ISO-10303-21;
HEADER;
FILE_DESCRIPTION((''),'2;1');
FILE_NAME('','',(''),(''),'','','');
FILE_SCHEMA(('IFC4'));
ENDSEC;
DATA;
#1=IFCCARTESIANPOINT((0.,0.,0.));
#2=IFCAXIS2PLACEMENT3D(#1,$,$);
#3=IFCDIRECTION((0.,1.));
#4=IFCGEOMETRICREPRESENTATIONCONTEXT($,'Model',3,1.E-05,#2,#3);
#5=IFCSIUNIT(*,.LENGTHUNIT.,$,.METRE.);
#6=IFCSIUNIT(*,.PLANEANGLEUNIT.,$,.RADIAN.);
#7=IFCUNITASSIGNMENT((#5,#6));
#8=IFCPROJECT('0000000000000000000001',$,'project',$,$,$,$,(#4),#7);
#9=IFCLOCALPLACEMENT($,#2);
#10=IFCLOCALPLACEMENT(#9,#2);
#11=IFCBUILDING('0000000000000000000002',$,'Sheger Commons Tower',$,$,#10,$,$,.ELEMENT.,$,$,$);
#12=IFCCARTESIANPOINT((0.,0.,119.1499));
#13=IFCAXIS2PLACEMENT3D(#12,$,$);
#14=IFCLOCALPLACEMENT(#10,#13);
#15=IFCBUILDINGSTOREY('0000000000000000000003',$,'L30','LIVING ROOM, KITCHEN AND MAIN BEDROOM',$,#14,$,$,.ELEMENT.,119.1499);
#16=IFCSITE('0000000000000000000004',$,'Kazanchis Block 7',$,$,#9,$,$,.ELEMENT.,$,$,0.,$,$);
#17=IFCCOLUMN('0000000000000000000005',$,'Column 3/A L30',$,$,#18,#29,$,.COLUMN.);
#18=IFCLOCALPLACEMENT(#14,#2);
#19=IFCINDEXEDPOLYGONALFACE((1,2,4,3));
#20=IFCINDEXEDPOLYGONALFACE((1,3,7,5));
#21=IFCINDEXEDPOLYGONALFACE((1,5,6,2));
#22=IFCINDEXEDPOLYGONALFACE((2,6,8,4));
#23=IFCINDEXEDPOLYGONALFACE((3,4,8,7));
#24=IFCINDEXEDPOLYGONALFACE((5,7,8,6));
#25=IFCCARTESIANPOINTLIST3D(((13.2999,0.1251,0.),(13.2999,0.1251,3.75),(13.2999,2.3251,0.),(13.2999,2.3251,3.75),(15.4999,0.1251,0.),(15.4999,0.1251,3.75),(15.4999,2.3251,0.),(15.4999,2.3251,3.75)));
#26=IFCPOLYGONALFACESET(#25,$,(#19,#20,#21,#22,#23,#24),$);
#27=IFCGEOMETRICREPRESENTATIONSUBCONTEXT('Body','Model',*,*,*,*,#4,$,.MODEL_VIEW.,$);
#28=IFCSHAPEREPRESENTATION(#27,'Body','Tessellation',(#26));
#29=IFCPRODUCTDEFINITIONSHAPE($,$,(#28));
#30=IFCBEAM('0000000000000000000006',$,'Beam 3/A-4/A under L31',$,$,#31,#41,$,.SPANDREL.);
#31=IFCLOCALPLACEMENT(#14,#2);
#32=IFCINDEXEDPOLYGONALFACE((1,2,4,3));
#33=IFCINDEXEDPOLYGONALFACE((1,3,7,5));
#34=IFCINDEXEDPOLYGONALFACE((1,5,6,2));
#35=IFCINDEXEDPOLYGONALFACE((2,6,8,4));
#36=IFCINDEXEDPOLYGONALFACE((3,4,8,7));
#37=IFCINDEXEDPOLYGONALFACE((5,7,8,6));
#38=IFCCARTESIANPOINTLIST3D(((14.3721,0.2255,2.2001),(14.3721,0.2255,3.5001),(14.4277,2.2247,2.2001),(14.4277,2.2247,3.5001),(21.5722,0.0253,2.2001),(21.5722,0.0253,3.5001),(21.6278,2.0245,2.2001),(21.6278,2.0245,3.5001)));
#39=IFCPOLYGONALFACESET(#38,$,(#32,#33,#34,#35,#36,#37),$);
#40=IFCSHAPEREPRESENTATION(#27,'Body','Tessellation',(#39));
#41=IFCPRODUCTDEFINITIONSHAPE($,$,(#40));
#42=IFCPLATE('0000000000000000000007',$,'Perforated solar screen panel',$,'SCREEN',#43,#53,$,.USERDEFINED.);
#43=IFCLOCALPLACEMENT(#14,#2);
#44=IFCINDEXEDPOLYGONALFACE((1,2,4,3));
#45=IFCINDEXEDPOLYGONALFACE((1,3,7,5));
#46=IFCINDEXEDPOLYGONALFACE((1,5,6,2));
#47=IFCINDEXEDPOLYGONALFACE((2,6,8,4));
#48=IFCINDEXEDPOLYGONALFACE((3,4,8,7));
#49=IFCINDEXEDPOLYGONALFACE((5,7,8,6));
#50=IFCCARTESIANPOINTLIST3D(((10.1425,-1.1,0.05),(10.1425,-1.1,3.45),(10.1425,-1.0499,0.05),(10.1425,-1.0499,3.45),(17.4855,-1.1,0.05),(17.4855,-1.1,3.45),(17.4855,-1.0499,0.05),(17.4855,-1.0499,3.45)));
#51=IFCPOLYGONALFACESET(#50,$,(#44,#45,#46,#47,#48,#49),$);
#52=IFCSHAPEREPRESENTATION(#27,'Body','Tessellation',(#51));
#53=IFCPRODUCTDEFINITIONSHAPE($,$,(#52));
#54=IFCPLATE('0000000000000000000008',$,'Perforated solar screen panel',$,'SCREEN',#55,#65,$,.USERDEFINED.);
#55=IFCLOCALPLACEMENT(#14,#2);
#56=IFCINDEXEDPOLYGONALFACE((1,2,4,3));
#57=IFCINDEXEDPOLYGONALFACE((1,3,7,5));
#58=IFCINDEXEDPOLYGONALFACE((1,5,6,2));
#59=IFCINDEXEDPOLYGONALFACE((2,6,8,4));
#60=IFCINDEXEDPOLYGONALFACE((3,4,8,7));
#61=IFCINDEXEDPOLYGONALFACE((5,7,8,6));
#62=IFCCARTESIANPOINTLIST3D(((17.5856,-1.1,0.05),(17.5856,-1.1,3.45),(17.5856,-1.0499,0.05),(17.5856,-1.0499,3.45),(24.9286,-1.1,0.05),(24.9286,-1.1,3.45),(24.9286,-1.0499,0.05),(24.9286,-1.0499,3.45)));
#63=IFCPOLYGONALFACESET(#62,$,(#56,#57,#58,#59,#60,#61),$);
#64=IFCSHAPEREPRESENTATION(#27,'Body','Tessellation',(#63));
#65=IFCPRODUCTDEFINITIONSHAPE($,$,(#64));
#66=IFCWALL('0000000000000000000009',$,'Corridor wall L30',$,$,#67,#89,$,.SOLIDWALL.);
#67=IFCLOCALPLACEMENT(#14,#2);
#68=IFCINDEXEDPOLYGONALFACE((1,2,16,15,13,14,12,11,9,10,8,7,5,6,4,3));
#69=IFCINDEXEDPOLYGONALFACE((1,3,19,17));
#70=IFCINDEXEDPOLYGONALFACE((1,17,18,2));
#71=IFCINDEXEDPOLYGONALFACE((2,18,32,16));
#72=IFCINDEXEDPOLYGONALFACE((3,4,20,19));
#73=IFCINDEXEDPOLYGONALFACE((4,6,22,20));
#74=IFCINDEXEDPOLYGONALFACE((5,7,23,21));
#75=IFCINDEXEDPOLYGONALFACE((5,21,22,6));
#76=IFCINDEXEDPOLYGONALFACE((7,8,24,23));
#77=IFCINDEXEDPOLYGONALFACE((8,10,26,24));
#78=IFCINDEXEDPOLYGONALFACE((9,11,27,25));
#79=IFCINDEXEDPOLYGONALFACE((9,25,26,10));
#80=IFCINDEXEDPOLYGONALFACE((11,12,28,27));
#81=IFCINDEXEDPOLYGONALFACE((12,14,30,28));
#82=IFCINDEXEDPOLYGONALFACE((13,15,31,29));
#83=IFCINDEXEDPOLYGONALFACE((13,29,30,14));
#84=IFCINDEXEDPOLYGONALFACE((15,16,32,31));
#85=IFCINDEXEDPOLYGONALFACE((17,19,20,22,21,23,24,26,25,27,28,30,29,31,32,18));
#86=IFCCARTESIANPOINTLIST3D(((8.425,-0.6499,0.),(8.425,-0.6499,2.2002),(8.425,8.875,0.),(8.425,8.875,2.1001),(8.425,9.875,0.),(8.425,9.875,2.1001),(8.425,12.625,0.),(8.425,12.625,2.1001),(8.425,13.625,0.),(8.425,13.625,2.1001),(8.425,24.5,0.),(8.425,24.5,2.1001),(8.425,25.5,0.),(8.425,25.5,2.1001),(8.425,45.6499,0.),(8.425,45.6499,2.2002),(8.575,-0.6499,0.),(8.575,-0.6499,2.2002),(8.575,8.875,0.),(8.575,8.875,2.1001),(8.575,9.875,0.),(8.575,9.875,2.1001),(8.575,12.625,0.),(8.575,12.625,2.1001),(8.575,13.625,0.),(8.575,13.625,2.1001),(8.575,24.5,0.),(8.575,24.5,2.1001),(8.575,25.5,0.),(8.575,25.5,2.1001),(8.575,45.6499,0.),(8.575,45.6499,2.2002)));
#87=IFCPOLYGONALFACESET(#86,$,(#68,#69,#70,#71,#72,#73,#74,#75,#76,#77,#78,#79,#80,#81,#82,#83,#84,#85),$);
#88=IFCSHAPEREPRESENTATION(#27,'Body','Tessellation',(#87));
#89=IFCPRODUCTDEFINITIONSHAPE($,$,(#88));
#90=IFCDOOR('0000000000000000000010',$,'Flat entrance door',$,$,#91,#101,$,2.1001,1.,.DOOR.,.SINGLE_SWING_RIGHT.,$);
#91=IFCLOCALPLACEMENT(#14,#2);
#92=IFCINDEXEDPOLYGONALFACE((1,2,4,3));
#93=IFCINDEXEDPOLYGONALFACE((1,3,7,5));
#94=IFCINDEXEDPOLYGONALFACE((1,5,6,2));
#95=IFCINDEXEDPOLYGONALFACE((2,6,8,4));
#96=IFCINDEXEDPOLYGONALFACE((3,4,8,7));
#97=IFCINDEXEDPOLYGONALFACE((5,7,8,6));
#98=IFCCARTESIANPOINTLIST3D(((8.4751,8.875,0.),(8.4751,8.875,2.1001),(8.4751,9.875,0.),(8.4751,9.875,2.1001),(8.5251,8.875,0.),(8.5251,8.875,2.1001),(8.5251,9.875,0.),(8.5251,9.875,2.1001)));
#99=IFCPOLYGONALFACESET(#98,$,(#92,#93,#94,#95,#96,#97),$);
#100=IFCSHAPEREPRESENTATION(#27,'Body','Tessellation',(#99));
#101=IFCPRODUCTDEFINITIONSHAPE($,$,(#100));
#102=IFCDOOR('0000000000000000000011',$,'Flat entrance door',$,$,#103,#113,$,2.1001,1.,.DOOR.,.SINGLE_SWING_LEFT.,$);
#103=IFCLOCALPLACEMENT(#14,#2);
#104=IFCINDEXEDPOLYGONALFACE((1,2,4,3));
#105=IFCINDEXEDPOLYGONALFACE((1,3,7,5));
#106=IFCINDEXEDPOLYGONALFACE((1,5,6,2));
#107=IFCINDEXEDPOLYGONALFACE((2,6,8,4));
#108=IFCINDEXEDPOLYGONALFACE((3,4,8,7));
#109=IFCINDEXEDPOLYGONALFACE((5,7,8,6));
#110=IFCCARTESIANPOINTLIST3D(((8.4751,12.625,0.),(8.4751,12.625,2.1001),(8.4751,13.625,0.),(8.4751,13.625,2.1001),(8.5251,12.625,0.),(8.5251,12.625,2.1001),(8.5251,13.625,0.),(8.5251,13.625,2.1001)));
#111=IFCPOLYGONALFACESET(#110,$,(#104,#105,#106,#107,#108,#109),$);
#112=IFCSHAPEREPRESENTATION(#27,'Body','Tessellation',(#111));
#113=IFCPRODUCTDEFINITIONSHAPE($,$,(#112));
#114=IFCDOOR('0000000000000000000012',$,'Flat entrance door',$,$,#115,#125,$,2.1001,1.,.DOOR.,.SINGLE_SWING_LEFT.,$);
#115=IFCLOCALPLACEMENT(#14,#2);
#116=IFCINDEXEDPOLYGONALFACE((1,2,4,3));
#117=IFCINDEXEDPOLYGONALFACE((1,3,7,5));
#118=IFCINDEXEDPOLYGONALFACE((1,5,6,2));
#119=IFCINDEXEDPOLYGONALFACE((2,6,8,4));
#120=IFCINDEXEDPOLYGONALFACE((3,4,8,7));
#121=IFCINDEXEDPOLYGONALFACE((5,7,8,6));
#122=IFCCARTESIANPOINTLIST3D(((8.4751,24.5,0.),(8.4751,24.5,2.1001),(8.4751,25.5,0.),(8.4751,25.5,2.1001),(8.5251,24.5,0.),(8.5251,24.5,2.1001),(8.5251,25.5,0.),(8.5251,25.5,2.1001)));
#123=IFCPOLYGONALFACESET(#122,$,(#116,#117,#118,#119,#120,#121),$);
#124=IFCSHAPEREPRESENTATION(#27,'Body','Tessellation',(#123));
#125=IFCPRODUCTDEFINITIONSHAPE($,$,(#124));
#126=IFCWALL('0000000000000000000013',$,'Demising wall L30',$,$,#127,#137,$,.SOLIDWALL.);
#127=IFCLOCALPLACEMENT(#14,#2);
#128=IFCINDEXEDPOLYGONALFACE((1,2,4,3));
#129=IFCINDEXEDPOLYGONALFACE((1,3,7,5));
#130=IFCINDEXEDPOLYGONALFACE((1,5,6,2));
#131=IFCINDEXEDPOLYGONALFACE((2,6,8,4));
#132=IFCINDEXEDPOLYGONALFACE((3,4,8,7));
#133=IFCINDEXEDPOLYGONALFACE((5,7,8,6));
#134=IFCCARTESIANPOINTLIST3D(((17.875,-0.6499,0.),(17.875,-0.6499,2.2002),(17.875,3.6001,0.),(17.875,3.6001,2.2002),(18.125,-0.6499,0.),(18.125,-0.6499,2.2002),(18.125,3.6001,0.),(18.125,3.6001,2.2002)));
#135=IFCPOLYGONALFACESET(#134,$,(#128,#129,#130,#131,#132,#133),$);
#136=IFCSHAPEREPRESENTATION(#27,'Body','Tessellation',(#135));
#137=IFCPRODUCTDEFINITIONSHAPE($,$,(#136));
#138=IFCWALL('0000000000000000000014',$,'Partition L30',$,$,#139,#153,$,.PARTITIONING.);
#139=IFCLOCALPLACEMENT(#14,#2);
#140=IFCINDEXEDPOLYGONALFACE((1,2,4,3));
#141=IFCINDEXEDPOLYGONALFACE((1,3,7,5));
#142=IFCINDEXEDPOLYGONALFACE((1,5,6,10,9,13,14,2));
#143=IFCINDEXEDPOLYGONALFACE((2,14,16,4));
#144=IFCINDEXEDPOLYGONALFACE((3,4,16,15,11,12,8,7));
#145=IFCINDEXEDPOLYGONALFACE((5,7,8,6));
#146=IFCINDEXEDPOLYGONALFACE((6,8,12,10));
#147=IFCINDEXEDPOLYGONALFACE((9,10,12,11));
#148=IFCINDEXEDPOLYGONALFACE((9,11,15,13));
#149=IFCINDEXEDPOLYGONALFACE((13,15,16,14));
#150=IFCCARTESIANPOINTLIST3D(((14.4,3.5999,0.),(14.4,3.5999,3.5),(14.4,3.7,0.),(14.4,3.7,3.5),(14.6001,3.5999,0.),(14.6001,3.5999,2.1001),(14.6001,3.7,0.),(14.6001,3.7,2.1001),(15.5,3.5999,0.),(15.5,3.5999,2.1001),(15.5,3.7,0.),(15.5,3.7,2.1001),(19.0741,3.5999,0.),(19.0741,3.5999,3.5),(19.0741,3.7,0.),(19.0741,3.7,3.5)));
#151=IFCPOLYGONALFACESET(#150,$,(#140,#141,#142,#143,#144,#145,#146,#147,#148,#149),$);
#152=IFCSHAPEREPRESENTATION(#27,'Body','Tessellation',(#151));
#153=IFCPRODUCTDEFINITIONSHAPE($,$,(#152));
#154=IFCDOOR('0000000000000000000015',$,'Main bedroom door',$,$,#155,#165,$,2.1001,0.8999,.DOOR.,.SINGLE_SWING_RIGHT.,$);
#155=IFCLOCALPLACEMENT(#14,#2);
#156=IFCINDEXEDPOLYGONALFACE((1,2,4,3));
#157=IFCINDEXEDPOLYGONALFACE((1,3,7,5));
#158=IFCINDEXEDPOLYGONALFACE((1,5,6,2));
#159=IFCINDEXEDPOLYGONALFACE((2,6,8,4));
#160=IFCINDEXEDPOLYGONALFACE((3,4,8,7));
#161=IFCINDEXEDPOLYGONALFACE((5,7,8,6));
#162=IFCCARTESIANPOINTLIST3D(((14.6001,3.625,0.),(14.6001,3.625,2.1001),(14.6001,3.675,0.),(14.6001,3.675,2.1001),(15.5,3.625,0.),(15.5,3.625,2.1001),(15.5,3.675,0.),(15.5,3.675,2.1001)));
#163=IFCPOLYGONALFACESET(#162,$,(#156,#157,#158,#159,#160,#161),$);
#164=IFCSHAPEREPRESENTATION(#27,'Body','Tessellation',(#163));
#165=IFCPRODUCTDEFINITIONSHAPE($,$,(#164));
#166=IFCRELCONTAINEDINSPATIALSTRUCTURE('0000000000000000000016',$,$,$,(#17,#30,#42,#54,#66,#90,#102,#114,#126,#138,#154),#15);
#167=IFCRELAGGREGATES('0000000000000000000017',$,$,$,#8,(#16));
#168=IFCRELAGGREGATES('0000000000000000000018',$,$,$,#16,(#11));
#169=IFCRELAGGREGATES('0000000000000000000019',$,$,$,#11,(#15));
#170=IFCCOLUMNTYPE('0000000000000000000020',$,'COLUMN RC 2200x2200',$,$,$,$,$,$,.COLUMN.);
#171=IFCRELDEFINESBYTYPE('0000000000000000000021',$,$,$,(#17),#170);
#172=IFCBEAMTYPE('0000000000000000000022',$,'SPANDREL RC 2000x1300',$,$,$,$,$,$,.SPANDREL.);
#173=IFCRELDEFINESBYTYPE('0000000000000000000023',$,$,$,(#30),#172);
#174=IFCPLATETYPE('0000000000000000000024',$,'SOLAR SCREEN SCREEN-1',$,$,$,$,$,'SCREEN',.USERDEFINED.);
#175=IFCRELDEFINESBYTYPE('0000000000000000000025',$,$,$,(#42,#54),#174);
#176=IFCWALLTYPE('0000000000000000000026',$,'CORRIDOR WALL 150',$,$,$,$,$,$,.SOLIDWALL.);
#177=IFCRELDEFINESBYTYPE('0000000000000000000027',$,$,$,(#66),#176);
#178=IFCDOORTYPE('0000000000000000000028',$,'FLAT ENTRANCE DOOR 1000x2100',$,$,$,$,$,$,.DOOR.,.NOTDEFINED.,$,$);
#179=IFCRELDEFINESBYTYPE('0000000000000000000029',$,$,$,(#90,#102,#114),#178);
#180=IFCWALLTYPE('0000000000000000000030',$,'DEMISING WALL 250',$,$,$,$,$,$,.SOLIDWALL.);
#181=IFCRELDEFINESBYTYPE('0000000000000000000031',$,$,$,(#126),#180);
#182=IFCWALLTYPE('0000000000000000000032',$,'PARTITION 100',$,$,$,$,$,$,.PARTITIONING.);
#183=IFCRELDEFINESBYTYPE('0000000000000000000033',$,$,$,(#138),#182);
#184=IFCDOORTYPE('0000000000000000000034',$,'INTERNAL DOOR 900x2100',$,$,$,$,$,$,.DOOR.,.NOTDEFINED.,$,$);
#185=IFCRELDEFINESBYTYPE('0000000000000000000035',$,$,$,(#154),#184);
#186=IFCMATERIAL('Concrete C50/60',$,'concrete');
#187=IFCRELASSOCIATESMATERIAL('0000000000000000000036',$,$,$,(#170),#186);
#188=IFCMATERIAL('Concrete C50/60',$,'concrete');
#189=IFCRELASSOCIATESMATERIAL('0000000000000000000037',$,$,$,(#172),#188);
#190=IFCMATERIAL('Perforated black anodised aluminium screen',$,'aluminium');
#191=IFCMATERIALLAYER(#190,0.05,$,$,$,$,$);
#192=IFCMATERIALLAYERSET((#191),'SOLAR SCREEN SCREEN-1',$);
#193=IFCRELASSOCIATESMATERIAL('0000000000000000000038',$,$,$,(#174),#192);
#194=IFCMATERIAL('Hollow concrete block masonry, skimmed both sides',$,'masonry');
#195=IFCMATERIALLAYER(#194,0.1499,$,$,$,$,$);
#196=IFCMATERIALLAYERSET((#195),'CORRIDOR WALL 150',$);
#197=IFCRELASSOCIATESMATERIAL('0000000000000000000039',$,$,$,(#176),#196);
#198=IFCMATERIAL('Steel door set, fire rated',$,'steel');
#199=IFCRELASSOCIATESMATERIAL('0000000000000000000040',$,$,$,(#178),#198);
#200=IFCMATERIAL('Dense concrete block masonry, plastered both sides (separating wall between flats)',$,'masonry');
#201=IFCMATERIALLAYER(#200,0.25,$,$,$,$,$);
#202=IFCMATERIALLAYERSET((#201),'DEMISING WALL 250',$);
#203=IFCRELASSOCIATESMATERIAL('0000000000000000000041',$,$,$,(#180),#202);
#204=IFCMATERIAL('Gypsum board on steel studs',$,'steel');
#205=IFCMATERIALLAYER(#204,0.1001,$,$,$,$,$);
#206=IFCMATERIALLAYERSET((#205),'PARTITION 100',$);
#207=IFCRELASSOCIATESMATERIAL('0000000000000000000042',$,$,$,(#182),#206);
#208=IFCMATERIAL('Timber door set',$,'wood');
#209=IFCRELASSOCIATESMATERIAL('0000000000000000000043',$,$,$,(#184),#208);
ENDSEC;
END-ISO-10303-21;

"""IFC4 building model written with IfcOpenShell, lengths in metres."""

from ifc_helpers import new_model, si_unit, direction, frame, frame_2d, origin, origin_2d, place, context, subcontext, project, spatial, rectangle, extrude, material, layer, layer_set, material_profile, profile_set, type_object, element, fill, save


model = new_model("IFC4")

# Units and contexts
model_context = context("Model", 3, precision=1e-05, world=origin(), true_north=direction((0.0, 1.0)))
body_context = subcontext(model_context, "Body", "Model", "MODEL_VIEW")
ifc_project = project(units=[si_unit("LENGTHUNIT", "METRE"), si_unit("PLANEANGLEUNIT", "RADIAN")], contexts=[model_context])

# Site, building, storey
site_placement = place(None, origin())
site = spatial("IfcSite", under=ifc_project, at=site_placement, Name="Kazanchis Block 7", CompositionType="ELEMENT", RefElevation=0.0)
building_placement = place(site_placement, origin())
building = spatial("IfcBuilding", under=site, at=building_placement, Name="Sheger Commons Tower", CompositionType="ELEMENT")
storey_placement = place(building_placement, frame((0.0, 0.0, 119.1499)))
storey = spatial("IfcBuildingStorey", under=building, at=storey_placement, Name="L30", Description="LIVING ROOM, KITCHEN AND MAIN BEDROOM", CompositionType="ELEMENT", Elevation=119.1499)

# Column
ifc_material_1 = material(Name="Concrete C50/60", Category="concrete")
ifc_material_profile_1 = material_profile(ifc_material_1, rectangle(XDim=2.2, YDim=2.2, at=origin_2d()), Name="RC 2200x2200")
ifc_profile_set_1 = profile_set([ifc_material_profile_1], Name="Concrete C50/60")
column_type = type_object("IfcColumnType", Name="COLUMN RC 2200x2200", PredefinedType="COLUMN", material=ifc_profile_set_1)
column_placement = place(storey_placement, frame((14.3999, 1.2251, 0.0), z_axis=(0.0, 0.0, 1.0), x_axis=(1.0, 0.0, 0.0)))
element("IfcColumn", 1, at=column_placement, inside=storey, type_object=column_type, Name="Column 3/A L30", PredefinedType="COLUMN", context=body_context, shape_type="SweptSolid", body=[
    extrude(rectangle(XDim=2.2, YDim=2.2, at=origin_2d()), origin(), (0.0, 0.0, 1.0), 3.75),
])

# Beam
ifc_material_2 = material(Name="Concrete C50/60", Category="concrete")
ifc_material_profile_2 = material_profile(ifc_material_2, rectangle(XDim=2.0, YDim=1.3, at=origin_2d()), Name="RC 2000x1300")
ifc_profile_set_2 = profile_set([ifc_material_profile_2], Name="Concrete C50/60")
beam_type = type_object("IfcBeamType", Name="SPANDREL RC 2000x1300", PredefinedType="SPANDREL", material=ifc_profile_set_2)
beam_placement = place(storey_placement, frame((14.3999, 1.2251, 2.8501), z_axis=(0.999614, -0.027793, 0.0), x_axis=(0.027793, 0.999614, 0.0)))
element("IfcBeam", 2, at=beam_placement, inside=storey, type_object=beam_type, Name="Beam 3/A-4/A under L31", PredefinedType="SPANDREL", context=body_context, shape_type="SweptSolid", body=[
    extrude(rectangle(XDim=2.0, YDim=1.3, at=origin_2d()), origin(), (0.0, 0.0, 1.0), 7.2029),
])

# Plates
ifc_material_3 = material(Name="Perforated black anodised aluminium screen", Category="aluminium")
ifc_layer_1 = layer(ifc_material_3, 0.05)
ifc_layer_set_1 = layer_set([ifc_layer_1], Name="SOLAR SCREEN SCREEN-1")
plate_type = type_object("IfcPlateType", Name="SOLAR SCREEN SCREEN-1", ElementType="SCREEN", PredefinedType="USERDEFINED", material=ifc_layer_set_1)
for number, where, z_axis, x_axis, name in (
    (3, (13.814, -1.075, 0.05), (0.0, 0.0, 1.0), (1.0, 0.0, 0.0), "Perforated solar screen panel"),
    (4, (21.2571, -1.075, 0.05), (0.0, 0.0, 1.0), (1.0, 0.0, 0.0), "Perforated solar screen panel"),
):
    element("IfcPlate", number, at=place(storey_placement, frame(where, z_axis=z_axis, x_axis=x_axis)), inside=storey, type_object=plate_type, Name=name, ObjectType="SCREEN", PredefinedType="USERDEFINED", context=body_context, shape_type="SweptSolid", body=[
        extrude(rectangle(XDim=7.343, YDim=0.05, at=origin_2d()), origin(), (0.0, 0.0, 1.0), 3.3999),
    ])

# Wall, openings, doors
ifc_material_4 = material(Name="Hollow concrete block masonry, skimmed both sides", Category="masonry")
ifc_layer_2 = layer(ifc_material_4, 0.1499)
ifc_layer_set_2 = layer_set([ifc_layer_2], Name="CORRIDOR WALL 150")
wall_type_1 = type_object("IfcWallType", Name="CORRIDOR WALL 150", PredefinedType="SOLIDWALL", material=ifc_layer_set_2)
wall_1_placement = place(storey_placement, frame((8.5, -0.6499, 0.0), z_axis=(0.0, 0.0, 1.0), x_axis=(0.0, 1.0, 0.0)))
wall_1 = element("IfcWall", 5, at=wall_1_placement, inside=storey, type_object=wall_type_1, Name="Corridor wall L30", PredefinedType="SOLIDWALL", context=body_context, shape_type="SweptSolid", body=[
    extrude(rectangle(XDim=46.2998, YDim=0.1499, at=frame_2d((23.1499, 0.0))), origin(), (0.0, 0.0, 1.0), 2.2002),
])
opening_1_placement = place(wall_1_placement, frame((9.5249, 0.0, 0.0)))
opening_1 = element("IfcOpeningElement", 6, at=opening_1_placement, cuts=wall_1, PredefinedType="OPENING", context=body_context, shape_type="SweptSolid", body=[
    extrude(rectangle(XDim=1.0, YDim=2.1001, at=frame_2d((0.5, 1.05))), frame((0.0, 0.085, 0.0), z_axis=(0.0, -1.0, 0.0), x_axis=(1.0, 0.0, 0.0)), (0.0, 0.0, 1.0), 0.1699),
])
opening_2_placement = place(wall_1_placement, frame((13.2749, 0.0, 0.0)))
opening_2 = element("IfcOpeningElement", 7, at=opening_2_placement, cuts=wall_1, PredefinedType="OPENING", context=body_context, shape_type="SweptSolid", body=[
    extrude(rectangle(XDim=1.0, YDim=2.1001, at=frame_2d((0.5, 1.05))), frame((0.0, 0.085, 0.0), z_axis=(0.0, -1.0, 0.0), x_axis=(1.0, 0.0, 0.0)), (0.0, 0.0, 1.0), 0.1699),
])
opening_3_placement = place(wall_1_placement, frame((25.1499, 0.0, 0.0)))
opening_3 = element("IfcOpeningElement", 8, at=opening_3_placement, cuts=wall_1, PredefinedType="OPENING", context=body_context, shape_type="SweptSolid", body=[
    extrude(rectangle(XDim=1.0, YDim=2.1001, at=frame_2d((0.5, 1.05))), frame((0.0, 0.085, 0.0), z_axis=(0.0, -1.0, 0.0), x_axis=(1.0, 0.0, 0.0)), (0.0, 0.0, 1.0), 0.1699),
])
ifc_material_5 = material(Name="Steel door set, fire rated", Category="steel")
door_type_1 = type_object("IfcDoorType", Name="FLAT ENTRANCE DOOR 1000x2100", OperationType="NOTDEFINED", PredefinedType="DOOR", material=ifc_material_5)
door_1_placement = place(opening_1_placement, origin())
door_1 = element("IfcDoor", 9, at=door_1_placement, inside=storey, type_object=door_type_1, Name="Flat entrance door", OperationType="SINGLE_SWING_RIGHT", OverallHeight=2.1001, OverallWidth=1.0, PredefinedType="DOOR", context=body_context, shape_type="SweptSolid", body=[
    extrude(rectangle(XDim=1.0, YDim=2.1001, at=frame_2d((0.5, 1.05))), frame((0.0, 0.0249, 0.0), z_axis=(0.0, -1.0, 0.0), x_axis=(1.0, 0.0, 0.0)), (0.0, 0.0, 1.0), 0.05),
])
fill(opening_1, door_1)
door_2_placement = place(opening_2_placement, origin())
door_2 = element("IfcDoor", 10, at=door_2_placement, inside=storey, type_object=door_type_1, Name="Flat entrance door", OperationType="SINGLE_SWING_LEFT", OverallHeight=2.1001, OverallWidth=1.0, PredefinedType="DOOR", context=body_context, shape_type="SweptSolid", body=[
    extrude(rectangle(XDim=1.0, YDim=2.1001, at=frame_2d((0.5, 1.05))), frame((0.0, 0.0249, 0.0), z_axis=(0.0, -1.0, 0.0), x_axis=(1.0, 0.0, 0.0)), (0.0, 0.0, 1.0), 0.05),
])
fill(opening_2, door_2)
door_3_placement = place(opening_3_placement, origin())
door_3 = element("IfcDoor", 11, at=door_3_placement, inside=storey, type_object=door_type_1, Name="Flat entrance door", OperationType="SINGLE_SWING_LEFT", OverallHeight=2.1001, OverallWidth=1.0, PredefinedType="DOOR", context=body_context, shape_type="SweptSolid", body=[
    extrude(rectangle(XDim=1.0, YDim=2.1001, at=frame_2d((0.5, 1.05))), frame((0.0, 0.0249, 0.0), z_axis=(0.0, -1.0, 0.0), x_axis=(1.0, 0.0, 0.0)), (0.0, 0.0, 1.0), 0.05),
])
fill(opening_3, door_3)

# Wall
ifc_material_6 = material(Name="Dense concrete block masonry, plastered both sides (separating wall between flats)", Category="masonry")
ifc_layer_3 = layer(ifc_material_6, 0.25)
ifc_layer_set_3 = layer_set([ifc_layer_3], Name="DEMISING WALL 250")
wall_type_2 = type_object("IfcWallType", Name="DEMISING WALL 250", PredefinedType="SOLIDWALL", material=ifc_layer_set_3)
wall_2_placement = place(storey_placement, frame((18.0, -0.6499, 0.0), z_axis=(0.0, 0.0, 1.0), x_axis=(0.0, 1.0, 0.0)))
element("IfcWall", 12, at=wall_2_placement, inside=storey, type_object=wall_type_2, Name="Demising wall L30", PredefinedType="SOLIDWALL", context=body_context, shape_type="SweptSolid", body=[
    extrude(rectangle(XDim=4.25, YDim=0.25, at=frame_2d((2.125, 0.0))), origin(), (0.0, 0.0, 1.0), 2.2002),
])

# Wall, opening, door
ifc_material_7 = material(Name="Gypsum board on steel studs", Category="steel")
ifc_layer_4 = layer(ifc_material_7, 0.1001)
ifc_layer_set_4 = layer_set([ifc_layer_4], Name="PARTITION 100")
wall_type_3 = type_object("IfcWallType", Name="PARTITION 100", PredefinedType="PARTITIONING", material=ifc_layer_set_4)
wall_3_placement = place(storey_placement, frame((19.074, 3.6499, 0.0), z_axis=(0.0, 0.0, 1.0), x_axis=(-1.0, 0.0, 0.0)))
wall_3 = element("IfcWall", 13, at=wall_3_placement, inside=storey, type_object=wall_type_3, Name="Partition L30", PredefinedType="PARTITIONING", context=body_context, shape_type="SweptSolid", body=[
    extrude(rectangle(XDim=4.6741, YDim=0.1001, at=frame_2d((2.3369, 0.0))), origin(), (0.0, 0.0, 1.0), 3.5),
])
opening_4_placement = place(wall_3_placement, frame((3.574, 0.0, 0.0)))
opening_4 = element("IfcOpeningElement", 14, at=opening_4_placement, cuts=wall_3, PredefinedType="OPENING", context=body_context, shape_type="SweptSolid", body=[
    extrude(rectangle(XDim=0.8999, YDim=2.1001, at=frame_2d((0.45, 1.05))), frame((0.0, 0.0601, 0.0), z_axis=(0.0, -1.0, 0.0), x_axis=(1.0, 0.0, 0.0)), (0.0, 0.0, 1.0), 0.1201),
])
ifc_material_8 = material(Name="Timber door set", Category="wood")
door_type_2 = type_object("IfcDoorType", Name="INTERNAL DOOR 900x2100", OperationType="NOTDEFINED", PredefinedType="DOOR", material=ifc_material_8)
door_4_placement = place(opening_4_placement, origin())
door_4 = element("IfcDoor", 15, at=door_4_placement, inside=storey, type_object=door_type_2, Name="Main bedroom door", OperationType="SINGLE_SWING_RIGHT", OverallHeight=2.1001, OverallWidth=0.8999, PredefinedType="DOOR", context=body_context, shape_type="SweptSolid", body=[
    extrude(rectangle(XDim=0.8999, YDim=2.1001, at=frame_2d((0.45, 1.05))), frame((0.0, 0.0249, 0.0), z_axis=(0.0, -1.0, 0.0), x_axis=(1.0, 0.0, 0.0)), (0.0, 0.0, 1.0), 0.05),
])
fill(opening_4, door_4)

save(model, "model.ifc")
